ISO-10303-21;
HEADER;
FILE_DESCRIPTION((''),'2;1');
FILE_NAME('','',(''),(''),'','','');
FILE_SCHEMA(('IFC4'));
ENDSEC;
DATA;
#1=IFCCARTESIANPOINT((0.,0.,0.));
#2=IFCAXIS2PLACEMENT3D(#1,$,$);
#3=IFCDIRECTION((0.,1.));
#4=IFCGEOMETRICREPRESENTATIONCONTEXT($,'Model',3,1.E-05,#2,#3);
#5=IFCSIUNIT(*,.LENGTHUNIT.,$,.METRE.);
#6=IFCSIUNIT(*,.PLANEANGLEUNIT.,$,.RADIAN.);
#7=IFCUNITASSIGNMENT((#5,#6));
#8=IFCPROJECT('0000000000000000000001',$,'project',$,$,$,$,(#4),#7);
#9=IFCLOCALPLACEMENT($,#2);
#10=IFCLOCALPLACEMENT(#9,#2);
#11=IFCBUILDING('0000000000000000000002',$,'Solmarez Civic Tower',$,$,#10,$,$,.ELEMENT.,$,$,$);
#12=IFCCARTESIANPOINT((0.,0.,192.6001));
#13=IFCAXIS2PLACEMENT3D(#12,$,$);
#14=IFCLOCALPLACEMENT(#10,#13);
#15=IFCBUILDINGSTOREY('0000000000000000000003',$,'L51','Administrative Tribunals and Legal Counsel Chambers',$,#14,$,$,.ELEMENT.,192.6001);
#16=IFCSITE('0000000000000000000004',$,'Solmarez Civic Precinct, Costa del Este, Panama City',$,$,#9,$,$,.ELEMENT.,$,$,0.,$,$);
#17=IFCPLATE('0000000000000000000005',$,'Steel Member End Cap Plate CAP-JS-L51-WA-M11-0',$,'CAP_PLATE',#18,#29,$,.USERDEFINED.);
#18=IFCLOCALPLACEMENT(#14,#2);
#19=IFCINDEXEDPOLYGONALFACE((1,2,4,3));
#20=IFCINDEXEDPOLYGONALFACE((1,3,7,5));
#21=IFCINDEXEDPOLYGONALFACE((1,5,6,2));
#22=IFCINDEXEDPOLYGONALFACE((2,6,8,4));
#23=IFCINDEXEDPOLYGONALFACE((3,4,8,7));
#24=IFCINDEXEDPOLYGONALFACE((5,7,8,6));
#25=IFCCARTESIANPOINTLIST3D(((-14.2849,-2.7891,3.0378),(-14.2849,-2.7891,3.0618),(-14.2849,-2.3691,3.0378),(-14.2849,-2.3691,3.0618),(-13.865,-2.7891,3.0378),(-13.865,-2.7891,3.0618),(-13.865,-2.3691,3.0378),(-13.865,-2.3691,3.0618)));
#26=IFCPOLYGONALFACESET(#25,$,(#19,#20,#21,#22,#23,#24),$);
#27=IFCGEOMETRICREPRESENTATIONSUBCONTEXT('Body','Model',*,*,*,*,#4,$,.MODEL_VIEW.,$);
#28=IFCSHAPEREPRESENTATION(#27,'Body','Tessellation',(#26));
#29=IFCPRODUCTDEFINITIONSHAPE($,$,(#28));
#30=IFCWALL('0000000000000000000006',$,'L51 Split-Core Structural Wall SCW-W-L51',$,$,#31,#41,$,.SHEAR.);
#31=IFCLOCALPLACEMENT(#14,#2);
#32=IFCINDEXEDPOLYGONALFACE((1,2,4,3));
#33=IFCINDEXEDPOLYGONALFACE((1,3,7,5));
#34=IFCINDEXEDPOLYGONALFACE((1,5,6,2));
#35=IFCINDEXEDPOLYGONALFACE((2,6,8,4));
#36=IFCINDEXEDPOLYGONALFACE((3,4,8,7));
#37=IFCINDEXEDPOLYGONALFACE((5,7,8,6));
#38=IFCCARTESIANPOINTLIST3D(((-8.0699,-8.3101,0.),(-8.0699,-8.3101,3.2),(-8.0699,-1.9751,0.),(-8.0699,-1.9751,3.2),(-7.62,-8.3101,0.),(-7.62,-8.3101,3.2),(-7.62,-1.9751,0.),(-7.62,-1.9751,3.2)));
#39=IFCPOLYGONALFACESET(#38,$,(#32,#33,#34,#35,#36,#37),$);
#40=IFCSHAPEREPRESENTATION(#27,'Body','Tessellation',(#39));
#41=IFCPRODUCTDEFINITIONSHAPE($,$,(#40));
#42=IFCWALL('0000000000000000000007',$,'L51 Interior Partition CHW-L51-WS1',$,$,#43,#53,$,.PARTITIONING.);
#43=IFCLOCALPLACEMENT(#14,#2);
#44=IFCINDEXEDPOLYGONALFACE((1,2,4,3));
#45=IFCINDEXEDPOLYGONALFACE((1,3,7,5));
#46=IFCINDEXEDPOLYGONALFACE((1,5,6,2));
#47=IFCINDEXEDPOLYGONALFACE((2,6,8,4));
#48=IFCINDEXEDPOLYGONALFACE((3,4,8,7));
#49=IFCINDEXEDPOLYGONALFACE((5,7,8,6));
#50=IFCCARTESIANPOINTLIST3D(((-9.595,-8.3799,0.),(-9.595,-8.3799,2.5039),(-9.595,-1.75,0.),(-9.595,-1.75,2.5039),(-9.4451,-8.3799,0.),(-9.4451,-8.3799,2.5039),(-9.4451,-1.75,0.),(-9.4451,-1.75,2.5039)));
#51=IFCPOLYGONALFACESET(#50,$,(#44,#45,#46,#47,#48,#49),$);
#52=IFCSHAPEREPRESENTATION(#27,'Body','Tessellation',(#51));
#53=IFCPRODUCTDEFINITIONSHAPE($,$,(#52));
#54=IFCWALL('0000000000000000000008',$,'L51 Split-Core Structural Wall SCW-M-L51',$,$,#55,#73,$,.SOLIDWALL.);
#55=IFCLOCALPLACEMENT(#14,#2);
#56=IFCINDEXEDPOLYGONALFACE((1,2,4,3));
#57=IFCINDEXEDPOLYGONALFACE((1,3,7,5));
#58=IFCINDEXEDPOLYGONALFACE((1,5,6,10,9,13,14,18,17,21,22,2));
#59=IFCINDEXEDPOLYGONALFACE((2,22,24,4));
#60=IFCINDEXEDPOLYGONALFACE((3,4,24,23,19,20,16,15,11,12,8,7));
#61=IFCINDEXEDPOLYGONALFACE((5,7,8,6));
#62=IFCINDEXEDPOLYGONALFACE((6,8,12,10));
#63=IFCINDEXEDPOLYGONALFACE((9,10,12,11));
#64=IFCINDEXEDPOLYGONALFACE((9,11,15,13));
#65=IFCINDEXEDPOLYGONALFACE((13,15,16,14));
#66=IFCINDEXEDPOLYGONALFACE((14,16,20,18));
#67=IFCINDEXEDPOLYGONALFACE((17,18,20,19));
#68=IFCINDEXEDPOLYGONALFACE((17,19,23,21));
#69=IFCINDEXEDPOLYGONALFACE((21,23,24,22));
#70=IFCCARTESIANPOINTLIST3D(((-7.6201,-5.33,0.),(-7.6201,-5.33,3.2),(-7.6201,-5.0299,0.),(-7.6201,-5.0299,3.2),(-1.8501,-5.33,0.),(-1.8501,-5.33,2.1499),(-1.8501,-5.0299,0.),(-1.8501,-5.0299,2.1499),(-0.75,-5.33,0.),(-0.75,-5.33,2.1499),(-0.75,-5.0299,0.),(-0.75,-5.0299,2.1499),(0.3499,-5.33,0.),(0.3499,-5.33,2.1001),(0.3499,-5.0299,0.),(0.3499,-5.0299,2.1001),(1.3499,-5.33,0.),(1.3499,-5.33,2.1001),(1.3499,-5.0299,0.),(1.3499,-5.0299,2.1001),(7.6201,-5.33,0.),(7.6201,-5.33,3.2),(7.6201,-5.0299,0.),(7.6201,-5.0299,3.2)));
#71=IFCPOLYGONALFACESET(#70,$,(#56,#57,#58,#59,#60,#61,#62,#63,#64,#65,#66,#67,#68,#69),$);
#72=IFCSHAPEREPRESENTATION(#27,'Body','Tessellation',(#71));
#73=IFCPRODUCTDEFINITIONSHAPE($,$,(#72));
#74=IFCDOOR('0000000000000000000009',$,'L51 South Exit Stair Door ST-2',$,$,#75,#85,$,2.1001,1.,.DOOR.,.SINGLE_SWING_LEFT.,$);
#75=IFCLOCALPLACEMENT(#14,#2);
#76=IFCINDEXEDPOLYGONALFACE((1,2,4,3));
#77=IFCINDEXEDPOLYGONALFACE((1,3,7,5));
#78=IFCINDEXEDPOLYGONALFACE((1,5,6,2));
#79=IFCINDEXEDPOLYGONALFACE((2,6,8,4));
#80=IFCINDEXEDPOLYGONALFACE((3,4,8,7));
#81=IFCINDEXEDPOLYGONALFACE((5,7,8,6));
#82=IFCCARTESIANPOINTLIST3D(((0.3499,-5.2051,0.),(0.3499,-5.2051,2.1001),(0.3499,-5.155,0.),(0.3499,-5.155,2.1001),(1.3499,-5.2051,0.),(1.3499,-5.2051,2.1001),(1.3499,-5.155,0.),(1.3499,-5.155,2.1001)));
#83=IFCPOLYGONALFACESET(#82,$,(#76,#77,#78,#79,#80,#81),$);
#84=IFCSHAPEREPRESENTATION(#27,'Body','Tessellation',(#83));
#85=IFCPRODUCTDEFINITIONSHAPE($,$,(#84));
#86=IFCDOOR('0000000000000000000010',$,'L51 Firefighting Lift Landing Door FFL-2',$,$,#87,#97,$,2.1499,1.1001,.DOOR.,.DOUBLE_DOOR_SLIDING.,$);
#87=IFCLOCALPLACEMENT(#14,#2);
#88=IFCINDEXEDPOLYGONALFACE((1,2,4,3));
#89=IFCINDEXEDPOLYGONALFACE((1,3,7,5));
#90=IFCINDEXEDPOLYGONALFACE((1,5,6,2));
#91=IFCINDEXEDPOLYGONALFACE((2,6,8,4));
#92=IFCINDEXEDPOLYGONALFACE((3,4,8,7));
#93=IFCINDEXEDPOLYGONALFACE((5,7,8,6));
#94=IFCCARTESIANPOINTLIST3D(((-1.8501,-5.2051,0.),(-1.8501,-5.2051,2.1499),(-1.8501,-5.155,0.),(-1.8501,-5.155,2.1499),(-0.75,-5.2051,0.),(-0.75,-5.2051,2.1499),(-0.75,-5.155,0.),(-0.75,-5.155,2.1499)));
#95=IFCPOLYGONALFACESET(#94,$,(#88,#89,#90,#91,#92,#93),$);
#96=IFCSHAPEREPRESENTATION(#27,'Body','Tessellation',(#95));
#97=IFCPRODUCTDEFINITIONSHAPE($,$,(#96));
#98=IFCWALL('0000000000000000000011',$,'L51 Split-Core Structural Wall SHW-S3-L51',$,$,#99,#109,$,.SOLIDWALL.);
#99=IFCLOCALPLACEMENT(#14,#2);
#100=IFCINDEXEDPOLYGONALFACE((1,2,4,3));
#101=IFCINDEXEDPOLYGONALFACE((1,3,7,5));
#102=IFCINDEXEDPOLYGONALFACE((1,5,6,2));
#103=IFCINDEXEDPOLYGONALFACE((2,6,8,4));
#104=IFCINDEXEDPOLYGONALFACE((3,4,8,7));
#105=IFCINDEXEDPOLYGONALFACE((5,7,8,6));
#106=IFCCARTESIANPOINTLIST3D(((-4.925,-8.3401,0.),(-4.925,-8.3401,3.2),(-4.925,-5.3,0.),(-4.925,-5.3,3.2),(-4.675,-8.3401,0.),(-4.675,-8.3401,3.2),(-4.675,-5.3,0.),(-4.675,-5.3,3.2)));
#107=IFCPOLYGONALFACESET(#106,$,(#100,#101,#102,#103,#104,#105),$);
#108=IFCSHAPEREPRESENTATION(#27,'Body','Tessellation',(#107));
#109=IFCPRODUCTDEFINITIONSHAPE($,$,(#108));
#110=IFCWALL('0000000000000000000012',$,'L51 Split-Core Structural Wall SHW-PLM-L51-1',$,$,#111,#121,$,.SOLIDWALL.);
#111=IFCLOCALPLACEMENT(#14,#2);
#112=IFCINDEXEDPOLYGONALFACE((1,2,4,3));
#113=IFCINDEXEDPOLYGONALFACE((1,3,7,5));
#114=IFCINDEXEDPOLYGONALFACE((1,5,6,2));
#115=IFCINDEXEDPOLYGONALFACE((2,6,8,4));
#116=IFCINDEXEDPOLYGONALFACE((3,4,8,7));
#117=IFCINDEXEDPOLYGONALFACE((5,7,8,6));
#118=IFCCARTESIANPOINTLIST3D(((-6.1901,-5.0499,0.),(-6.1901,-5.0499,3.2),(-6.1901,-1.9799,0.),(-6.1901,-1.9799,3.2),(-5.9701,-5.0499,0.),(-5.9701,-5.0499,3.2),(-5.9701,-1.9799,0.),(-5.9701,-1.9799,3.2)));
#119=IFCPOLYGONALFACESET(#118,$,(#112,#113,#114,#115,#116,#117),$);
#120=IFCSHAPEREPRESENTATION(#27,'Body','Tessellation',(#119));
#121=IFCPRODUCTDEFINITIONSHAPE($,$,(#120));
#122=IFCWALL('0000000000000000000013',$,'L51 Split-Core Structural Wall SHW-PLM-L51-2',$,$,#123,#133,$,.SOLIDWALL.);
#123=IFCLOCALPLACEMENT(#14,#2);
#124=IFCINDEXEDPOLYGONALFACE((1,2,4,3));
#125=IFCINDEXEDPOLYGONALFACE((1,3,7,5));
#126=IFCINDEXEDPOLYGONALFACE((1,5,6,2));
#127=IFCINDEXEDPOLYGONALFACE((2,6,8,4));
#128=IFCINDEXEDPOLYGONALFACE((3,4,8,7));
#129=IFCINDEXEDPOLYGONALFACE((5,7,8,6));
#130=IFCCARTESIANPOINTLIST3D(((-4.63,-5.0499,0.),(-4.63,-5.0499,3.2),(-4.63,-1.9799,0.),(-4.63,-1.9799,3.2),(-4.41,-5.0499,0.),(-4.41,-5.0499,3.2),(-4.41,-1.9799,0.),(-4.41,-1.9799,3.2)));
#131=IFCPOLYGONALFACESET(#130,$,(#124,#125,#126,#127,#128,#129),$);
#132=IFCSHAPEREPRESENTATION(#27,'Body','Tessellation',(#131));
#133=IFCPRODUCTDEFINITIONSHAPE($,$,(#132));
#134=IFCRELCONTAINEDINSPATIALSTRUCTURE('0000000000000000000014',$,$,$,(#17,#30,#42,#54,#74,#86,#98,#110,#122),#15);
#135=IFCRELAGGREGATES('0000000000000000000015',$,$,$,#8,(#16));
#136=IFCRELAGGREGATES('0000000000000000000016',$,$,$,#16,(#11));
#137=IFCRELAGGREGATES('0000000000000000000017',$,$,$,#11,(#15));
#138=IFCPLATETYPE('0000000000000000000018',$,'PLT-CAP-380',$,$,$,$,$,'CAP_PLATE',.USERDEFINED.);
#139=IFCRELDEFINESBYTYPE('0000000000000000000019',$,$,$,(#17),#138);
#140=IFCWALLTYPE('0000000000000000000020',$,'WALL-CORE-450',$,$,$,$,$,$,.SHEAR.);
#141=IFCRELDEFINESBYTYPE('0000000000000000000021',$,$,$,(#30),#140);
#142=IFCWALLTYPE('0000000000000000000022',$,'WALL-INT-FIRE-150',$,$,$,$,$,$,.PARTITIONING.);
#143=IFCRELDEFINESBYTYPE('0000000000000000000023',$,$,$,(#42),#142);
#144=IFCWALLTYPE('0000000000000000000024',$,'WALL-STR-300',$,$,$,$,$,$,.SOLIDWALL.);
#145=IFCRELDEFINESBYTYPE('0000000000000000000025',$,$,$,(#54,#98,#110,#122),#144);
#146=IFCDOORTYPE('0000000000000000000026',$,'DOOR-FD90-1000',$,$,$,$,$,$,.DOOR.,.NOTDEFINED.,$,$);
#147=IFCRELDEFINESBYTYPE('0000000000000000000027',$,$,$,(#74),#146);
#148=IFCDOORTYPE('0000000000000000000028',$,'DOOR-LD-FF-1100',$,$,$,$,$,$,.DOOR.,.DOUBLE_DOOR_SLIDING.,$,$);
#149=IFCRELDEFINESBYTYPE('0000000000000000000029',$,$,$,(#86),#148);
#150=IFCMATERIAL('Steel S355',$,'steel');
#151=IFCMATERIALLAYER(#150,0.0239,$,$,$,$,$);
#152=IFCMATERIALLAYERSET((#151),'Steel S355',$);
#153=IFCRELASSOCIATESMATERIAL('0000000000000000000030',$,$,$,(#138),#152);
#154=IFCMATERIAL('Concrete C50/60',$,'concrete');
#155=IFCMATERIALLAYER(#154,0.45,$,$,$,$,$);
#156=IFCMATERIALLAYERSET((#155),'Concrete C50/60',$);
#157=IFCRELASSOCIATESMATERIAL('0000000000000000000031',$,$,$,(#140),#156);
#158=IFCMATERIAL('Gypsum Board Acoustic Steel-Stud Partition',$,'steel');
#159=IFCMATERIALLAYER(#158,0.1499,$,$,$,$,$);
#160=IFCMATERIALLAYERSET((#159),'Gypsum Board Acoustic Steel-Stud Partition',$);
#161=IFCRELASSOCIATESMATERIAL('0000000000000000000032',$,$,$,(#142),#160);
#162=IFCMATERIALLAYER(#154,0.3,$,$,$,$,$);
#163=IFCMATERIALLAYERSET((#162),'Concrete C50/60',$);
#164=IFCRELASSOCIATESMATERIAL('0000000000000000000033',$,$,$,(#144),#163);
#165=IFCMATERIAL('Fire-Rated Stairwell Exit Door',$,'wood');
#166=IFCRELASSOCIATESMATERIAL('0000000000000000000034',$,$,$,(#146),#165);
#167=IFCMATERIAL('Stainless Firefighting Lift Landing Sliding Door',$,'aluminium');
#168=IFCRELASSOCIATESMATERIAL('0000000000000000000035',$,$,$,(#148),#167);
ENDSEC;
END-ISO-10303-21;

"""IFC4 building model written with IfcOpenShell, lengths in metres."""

from ifc_helpers import new_model, si_unit, direction, frame, frame_2d, origin, origin_2d, place, context, subcontext, project, spatial, rectangle, extrude, material, layer, layer_set, type_object, element, fill, save


model = new_model("IFC4")

# Units and contexts
model_context = context("Model", 3, precision=1e-05, world=origin(), true_north=direction((0.0, 1.0)))
body_context = subcontext(model_context, "Body", "Model", "MODEL_VIEW")
ifc_project = project(units=[si_unit("LENGTHUNIT", "METRE"), si_unit("PLANEANGLEUNIT", "RADIAN")], contexts=[model_context])

# Site, building, storey
site_placement = place(None, origin())
site = spatial("IfcSite", under=ifc_project, at=site_placement, Name="Solmarez Civic Precinct, Costa del Este, Panama City", CompositionType="ELEMENT", RefElevation=0.0)
building_placement = place(site_placement, origin())
building = spatial("IfcBuilding", under=site, at=building_placement, Name="Solmarez Civic Tower", CompositionType="ELEMENT")
storey_placement = place(building_placement, frame((0.0, 0.0, 192.6001)))
storey = spatial("IfcBuildingStorey", under=building, at=storey_placement, Name="L51", Description="Administrative Tribunals and Legal Counsel Chambers", CompositionType="ELEMENT", Elevation=192.6001)

# Shared definitions
ifc_material_1 = material(Name="Concrete C50/60", Category="concrete")

# Shared definitions
ifc_material_2 = material(Name="Steel S355", Category="steel")

# Plate
ifc_layer_1 = layer(ifc_material_2, 0.0239)
ifc_layer_set_1 = layer_set([ifc_layer_1], Name="Steel S355")
plate_type = type_object("IfcPlateType", Name="PLT-CAP-380", ElementType="CAP_PLATE", PredefinedType="USERDEFINED", material=ifc_layer_set_1)
plate_placement = place(storey_placement, frame((-14.075, -2.5791, 3.0378), z_axis=(0.0, 0.0, 1.0), x_axis=(1.0, 0.0, 0.0)))
element("IfcPlate", 1, at=plate_placement, inside=storey, type_object=plate_type, Name="Steel Member End Cap Plate CAP-JS-L51-WA-M11-0", ObjectType="CAP_PLATE", PredefinedType="USERDEFINED", context=body_context, shape_type="SweptSolid", body=[
    extrude(rectangle(XDim=0.4199, YDim=0.4199, at=origin_2d()), origin(), (0.0, 0.0, 1.0), 0.0239),
])

# Walls
ifc_layer_2 = layer(ifc_material_1, 0.45)
ifc_layer_set_2 = layer_set([ifc_layer_2], Name="Concrete C50/60")
wall_type_1 = type_object("IfcWallType", Name="WALL-CORE-450", PredefinedType="SHEAR", material=ifc_layer_set_2)
wall_1_placement = place(storey_placement, frame((-7.845, -8.3101, 0.0), z_axis=(0.0, 0.0, 1.0), x_axis=(0.0, 1.0, 0.0)))
element("IfcWall", 2, at=wall_1_placement, inside=storey, type_object=wall_type_1, Name="L51 Split-Core Structural Wall SCW-W-L51", PredefinedType="SHEAR", context=body_context, shape_type="SweptSolid", body=[
    extrude(rectangle(XDim=6.335, YDim=0.45, at=frame_2d((3.1675, 0.0))), origin(), (0.0, 0.0, 1.0), 3.2),
])
ifc_material_3 = material(Name="Gypsum Board Acoustic Steel-Stud Partition", Category="steel")
ifc_layer_3 = layer(ifc_material_3, 0.1499)
ifc_layer_set_3 = layer_set([ifc_layer_3], Name="Gypsum Board Acoustic Steel-Stud Partition")
wall_type_2 = type_object("IfcWallType", Name="WALL-INT-FIRE-150", PredefinedType="PARTITIONING", material=ifc_layer_set_3)
wall_2_placement = place(storey_placement, frame((-9.52, -8.3799, 0.0), z_axis=(0.0, 0.0, 1.0), x_axis=(0.0, 1.0, 0.0)))
element("IfcWall", 3, at=wall_2_placement, inside=storey, type_object=wall_type_2, Name="L51 Interior Partition CHW-L51-WS1", PredefinedType="PARTITIONING", context=body_context, shape_type="SweptSolid", body=[
    extrude(rectangle(XDim=6.6299, YDim=0.1499, at=frame_2d((3.3149, 0.0))), origin(), (0.0, 0.0, 1.0), 2.5039),
])

# Wall, openings, doors
ifc_layer_4 = layer(ifc_material_1, 0.3)
ifc_layer_set_4 = layer_set([ifc_layer_4], Name="Concrete C50/60")
wall_type_3 = type_object("IfcWallType", Name="WALL-STR-300", PredefinedType="SOLIDWALL", material=ifc_layer_set_4)
wall_3_placement = place(storey_placement, frame((-7.6201, -5.1799, 0.0), z_axis=(0.0, 0.0, 1.0), x_axis=(1.0, 0.0, 0.0)))
wall_3 = element("IfcWall", 4, at=wall_3_placement, inside=storey, type_object=wall_type_3, Name="L51 Split-Core Structural Wall SCW-M-L51", PredefinedType="SOLIDWALL", context=body_context, shape_type="SweptSolid", body=[
    extrude(rectangle(XDim=15.2402, YDim=0.3, at=frame_2d((7.6201, 0.0))), origin(), (0.0, 0.0, 1.0), 3.2),
])
opening_1_placement = place(wall_3_placement, frame((5.77, 0.0, 0.0)))
opening_1 = element("IfcOpeningElement", 5, at=opening_1_placement, cuts=wall_3, PredefinedType="OPENING", context=body_context, shape_type="SweptSolid", body=[
    extrude(rectangle(XDim=1.1001, YDim=2.1499, at=frame_2d((0.55, 1.075))), frame((0.0, 0.1599, 0.0), z_axis=(0.0, -1.0, 0.0), x_axis=(1.0, 0.0, 0.0)), (0.0, 0.0, 1.0), 0.3201),
])
opening_2_placement = place(wall_3_placement, frame((7.97, 0.0, 0.0)))
opening_2 = element("IfcOpeningElement", 6, at=opening_2_placement, cuts=wall_3, PredefinedType="OPENING", context=body_context, shape_type="SweptSolid", body=[
    extrude(rectangle(XDim=1.0, YDim=2.1001, at=frame_2d((0.5, 1.05))), frame((0.0, 0.1599, 0.0), z_axis=(0.0, -1.0, 0.0), x_axis=(1.0, 0.0, 0.0)), (0.0, 0.0, 1.0), 0.3201),
])
ifc_material_4 = material(Name="Fire-Rated Stairwell Exit Door", Category="wood")
door_type_1 = type_object("IfcDoorType", Name="DOOR-FD90-1000", OperationType="NOTDEFINED", PredefinedType="DOOR", material=ifc_material_4)
door_1_placement = place(opening_2_placement, origin())
door_1 = element("IfcDoor", 7, at=door_1_placement, inside=storey, type_object=door_type_1, Name="L51 South Exit Stair Door ST-2", OperationType="SINGLE_SWING_LEFT", OverallHeight=2.1001, OverallWidth=1.0, PredefinedType="DOOR", context=body_context, shape_type="SweptSolid", body=[
    extrude(rectangle(XDim=1.0, YDim=2.1001, at=frame_2d((0.5, 1.05))), frame((0.0, 0.0249, 0.0), z_axis=(0.0, -1.0, 0.0), x_axis=(1.0, 0.0, 0.0)), (0.0, 0.0, 1.0), 0.05),
])
fill(opening_2, door_1)
ifc_material_5 = material(Name="Stainless Firefighting Lift Landing Sliding Door", Category="aluminium")
door_type_2 = type_object("IfcDoorType", Name="DOOR-LD-FF-1100", OperationType="DOUBLE_DOOR_SLIDING", PredefinedType="DOOR", material=ifc_material_5)
door_2_placement = place(opening_1_placement, origin())
door_2 = element("IfcDoor", 8, at=door_2_placement, inside=storey, type_object=door_type_2, Name="L51 Firefighting Lift Landing Door FFL-2", OperationType="DOUBLE_DOOR_SLIDING", OverallHeight=2.1499, OverallWidth=1.1001, PredefinedType="DOOR", context=body_context, shape_type="SweptSolid", body=[
    extrude(rectangle(XDim=1.1001, YDim=2.1499, at=frame_2d((0.55, 1.075))), frame((0.0, 0.0249, 0.0), z_axis=(0.0, -1.0, 0.0), x_axis=(1.0, 0.0, 0.0)), (0.0, 0.0, 1.0), 0.05),
])
fill(opening_1, door_2)

# Walls
wall_4_placement = place(storey_placement, frame((-4.8, -8.3401, 0.0), z_axis=(0.0, 0.0, 1.0), x_axis=(0.0, 1.0, 0.0)))
element("IfcWall", 9, at=wall_4_placement, inside=storey, type_object=wall_type_3, Name="L51 Split-Core Structural Wall SHW-S3-L51", PredefinedType="SOLIDWALL", context=body_context, shape_type="SweptSolid", body=[
    extrude(rectangle(XDim=3.04, YDim=0.25, at=frame_2d((1.52, 0.0))), origin(), (0.0, 0.0, 1.0), 3.2),
])
for number, where, z_axis, x_axis, name in (
    (10, (-6.0801, -5.05, 0.0), (0.0, 0.0, 1.0), (0.0, 1.0, 0.0), "L51 Split-Core Structural Wall SHW-PLM-L51-1"),
    (11, (-4.52, -5.05, 0.0), (0.0, 0.0, 1.0), (0.0, 1.0, 0.0), "L51 Split-Core Structural Wall SHW-PLM-L51-2"),
):
    element("IfcWall", number, at=place(storey_placement, frame(where, z_axis=z_axis, x_axis=x_axis)), inside=storey, type_object=wall_type_3, Name=name, PredefinedType="SOLIDWALL", context=body_context, shape_type="SweptSolid", body=[
        extrude(rectangle(XDim=3.0701, YDim=0.22, at=frame_2d((1.5352, 0.0))), origin(), (0.0, 0.0, 1.0), 3.2),
    ])

save(model, "model.ifc")
